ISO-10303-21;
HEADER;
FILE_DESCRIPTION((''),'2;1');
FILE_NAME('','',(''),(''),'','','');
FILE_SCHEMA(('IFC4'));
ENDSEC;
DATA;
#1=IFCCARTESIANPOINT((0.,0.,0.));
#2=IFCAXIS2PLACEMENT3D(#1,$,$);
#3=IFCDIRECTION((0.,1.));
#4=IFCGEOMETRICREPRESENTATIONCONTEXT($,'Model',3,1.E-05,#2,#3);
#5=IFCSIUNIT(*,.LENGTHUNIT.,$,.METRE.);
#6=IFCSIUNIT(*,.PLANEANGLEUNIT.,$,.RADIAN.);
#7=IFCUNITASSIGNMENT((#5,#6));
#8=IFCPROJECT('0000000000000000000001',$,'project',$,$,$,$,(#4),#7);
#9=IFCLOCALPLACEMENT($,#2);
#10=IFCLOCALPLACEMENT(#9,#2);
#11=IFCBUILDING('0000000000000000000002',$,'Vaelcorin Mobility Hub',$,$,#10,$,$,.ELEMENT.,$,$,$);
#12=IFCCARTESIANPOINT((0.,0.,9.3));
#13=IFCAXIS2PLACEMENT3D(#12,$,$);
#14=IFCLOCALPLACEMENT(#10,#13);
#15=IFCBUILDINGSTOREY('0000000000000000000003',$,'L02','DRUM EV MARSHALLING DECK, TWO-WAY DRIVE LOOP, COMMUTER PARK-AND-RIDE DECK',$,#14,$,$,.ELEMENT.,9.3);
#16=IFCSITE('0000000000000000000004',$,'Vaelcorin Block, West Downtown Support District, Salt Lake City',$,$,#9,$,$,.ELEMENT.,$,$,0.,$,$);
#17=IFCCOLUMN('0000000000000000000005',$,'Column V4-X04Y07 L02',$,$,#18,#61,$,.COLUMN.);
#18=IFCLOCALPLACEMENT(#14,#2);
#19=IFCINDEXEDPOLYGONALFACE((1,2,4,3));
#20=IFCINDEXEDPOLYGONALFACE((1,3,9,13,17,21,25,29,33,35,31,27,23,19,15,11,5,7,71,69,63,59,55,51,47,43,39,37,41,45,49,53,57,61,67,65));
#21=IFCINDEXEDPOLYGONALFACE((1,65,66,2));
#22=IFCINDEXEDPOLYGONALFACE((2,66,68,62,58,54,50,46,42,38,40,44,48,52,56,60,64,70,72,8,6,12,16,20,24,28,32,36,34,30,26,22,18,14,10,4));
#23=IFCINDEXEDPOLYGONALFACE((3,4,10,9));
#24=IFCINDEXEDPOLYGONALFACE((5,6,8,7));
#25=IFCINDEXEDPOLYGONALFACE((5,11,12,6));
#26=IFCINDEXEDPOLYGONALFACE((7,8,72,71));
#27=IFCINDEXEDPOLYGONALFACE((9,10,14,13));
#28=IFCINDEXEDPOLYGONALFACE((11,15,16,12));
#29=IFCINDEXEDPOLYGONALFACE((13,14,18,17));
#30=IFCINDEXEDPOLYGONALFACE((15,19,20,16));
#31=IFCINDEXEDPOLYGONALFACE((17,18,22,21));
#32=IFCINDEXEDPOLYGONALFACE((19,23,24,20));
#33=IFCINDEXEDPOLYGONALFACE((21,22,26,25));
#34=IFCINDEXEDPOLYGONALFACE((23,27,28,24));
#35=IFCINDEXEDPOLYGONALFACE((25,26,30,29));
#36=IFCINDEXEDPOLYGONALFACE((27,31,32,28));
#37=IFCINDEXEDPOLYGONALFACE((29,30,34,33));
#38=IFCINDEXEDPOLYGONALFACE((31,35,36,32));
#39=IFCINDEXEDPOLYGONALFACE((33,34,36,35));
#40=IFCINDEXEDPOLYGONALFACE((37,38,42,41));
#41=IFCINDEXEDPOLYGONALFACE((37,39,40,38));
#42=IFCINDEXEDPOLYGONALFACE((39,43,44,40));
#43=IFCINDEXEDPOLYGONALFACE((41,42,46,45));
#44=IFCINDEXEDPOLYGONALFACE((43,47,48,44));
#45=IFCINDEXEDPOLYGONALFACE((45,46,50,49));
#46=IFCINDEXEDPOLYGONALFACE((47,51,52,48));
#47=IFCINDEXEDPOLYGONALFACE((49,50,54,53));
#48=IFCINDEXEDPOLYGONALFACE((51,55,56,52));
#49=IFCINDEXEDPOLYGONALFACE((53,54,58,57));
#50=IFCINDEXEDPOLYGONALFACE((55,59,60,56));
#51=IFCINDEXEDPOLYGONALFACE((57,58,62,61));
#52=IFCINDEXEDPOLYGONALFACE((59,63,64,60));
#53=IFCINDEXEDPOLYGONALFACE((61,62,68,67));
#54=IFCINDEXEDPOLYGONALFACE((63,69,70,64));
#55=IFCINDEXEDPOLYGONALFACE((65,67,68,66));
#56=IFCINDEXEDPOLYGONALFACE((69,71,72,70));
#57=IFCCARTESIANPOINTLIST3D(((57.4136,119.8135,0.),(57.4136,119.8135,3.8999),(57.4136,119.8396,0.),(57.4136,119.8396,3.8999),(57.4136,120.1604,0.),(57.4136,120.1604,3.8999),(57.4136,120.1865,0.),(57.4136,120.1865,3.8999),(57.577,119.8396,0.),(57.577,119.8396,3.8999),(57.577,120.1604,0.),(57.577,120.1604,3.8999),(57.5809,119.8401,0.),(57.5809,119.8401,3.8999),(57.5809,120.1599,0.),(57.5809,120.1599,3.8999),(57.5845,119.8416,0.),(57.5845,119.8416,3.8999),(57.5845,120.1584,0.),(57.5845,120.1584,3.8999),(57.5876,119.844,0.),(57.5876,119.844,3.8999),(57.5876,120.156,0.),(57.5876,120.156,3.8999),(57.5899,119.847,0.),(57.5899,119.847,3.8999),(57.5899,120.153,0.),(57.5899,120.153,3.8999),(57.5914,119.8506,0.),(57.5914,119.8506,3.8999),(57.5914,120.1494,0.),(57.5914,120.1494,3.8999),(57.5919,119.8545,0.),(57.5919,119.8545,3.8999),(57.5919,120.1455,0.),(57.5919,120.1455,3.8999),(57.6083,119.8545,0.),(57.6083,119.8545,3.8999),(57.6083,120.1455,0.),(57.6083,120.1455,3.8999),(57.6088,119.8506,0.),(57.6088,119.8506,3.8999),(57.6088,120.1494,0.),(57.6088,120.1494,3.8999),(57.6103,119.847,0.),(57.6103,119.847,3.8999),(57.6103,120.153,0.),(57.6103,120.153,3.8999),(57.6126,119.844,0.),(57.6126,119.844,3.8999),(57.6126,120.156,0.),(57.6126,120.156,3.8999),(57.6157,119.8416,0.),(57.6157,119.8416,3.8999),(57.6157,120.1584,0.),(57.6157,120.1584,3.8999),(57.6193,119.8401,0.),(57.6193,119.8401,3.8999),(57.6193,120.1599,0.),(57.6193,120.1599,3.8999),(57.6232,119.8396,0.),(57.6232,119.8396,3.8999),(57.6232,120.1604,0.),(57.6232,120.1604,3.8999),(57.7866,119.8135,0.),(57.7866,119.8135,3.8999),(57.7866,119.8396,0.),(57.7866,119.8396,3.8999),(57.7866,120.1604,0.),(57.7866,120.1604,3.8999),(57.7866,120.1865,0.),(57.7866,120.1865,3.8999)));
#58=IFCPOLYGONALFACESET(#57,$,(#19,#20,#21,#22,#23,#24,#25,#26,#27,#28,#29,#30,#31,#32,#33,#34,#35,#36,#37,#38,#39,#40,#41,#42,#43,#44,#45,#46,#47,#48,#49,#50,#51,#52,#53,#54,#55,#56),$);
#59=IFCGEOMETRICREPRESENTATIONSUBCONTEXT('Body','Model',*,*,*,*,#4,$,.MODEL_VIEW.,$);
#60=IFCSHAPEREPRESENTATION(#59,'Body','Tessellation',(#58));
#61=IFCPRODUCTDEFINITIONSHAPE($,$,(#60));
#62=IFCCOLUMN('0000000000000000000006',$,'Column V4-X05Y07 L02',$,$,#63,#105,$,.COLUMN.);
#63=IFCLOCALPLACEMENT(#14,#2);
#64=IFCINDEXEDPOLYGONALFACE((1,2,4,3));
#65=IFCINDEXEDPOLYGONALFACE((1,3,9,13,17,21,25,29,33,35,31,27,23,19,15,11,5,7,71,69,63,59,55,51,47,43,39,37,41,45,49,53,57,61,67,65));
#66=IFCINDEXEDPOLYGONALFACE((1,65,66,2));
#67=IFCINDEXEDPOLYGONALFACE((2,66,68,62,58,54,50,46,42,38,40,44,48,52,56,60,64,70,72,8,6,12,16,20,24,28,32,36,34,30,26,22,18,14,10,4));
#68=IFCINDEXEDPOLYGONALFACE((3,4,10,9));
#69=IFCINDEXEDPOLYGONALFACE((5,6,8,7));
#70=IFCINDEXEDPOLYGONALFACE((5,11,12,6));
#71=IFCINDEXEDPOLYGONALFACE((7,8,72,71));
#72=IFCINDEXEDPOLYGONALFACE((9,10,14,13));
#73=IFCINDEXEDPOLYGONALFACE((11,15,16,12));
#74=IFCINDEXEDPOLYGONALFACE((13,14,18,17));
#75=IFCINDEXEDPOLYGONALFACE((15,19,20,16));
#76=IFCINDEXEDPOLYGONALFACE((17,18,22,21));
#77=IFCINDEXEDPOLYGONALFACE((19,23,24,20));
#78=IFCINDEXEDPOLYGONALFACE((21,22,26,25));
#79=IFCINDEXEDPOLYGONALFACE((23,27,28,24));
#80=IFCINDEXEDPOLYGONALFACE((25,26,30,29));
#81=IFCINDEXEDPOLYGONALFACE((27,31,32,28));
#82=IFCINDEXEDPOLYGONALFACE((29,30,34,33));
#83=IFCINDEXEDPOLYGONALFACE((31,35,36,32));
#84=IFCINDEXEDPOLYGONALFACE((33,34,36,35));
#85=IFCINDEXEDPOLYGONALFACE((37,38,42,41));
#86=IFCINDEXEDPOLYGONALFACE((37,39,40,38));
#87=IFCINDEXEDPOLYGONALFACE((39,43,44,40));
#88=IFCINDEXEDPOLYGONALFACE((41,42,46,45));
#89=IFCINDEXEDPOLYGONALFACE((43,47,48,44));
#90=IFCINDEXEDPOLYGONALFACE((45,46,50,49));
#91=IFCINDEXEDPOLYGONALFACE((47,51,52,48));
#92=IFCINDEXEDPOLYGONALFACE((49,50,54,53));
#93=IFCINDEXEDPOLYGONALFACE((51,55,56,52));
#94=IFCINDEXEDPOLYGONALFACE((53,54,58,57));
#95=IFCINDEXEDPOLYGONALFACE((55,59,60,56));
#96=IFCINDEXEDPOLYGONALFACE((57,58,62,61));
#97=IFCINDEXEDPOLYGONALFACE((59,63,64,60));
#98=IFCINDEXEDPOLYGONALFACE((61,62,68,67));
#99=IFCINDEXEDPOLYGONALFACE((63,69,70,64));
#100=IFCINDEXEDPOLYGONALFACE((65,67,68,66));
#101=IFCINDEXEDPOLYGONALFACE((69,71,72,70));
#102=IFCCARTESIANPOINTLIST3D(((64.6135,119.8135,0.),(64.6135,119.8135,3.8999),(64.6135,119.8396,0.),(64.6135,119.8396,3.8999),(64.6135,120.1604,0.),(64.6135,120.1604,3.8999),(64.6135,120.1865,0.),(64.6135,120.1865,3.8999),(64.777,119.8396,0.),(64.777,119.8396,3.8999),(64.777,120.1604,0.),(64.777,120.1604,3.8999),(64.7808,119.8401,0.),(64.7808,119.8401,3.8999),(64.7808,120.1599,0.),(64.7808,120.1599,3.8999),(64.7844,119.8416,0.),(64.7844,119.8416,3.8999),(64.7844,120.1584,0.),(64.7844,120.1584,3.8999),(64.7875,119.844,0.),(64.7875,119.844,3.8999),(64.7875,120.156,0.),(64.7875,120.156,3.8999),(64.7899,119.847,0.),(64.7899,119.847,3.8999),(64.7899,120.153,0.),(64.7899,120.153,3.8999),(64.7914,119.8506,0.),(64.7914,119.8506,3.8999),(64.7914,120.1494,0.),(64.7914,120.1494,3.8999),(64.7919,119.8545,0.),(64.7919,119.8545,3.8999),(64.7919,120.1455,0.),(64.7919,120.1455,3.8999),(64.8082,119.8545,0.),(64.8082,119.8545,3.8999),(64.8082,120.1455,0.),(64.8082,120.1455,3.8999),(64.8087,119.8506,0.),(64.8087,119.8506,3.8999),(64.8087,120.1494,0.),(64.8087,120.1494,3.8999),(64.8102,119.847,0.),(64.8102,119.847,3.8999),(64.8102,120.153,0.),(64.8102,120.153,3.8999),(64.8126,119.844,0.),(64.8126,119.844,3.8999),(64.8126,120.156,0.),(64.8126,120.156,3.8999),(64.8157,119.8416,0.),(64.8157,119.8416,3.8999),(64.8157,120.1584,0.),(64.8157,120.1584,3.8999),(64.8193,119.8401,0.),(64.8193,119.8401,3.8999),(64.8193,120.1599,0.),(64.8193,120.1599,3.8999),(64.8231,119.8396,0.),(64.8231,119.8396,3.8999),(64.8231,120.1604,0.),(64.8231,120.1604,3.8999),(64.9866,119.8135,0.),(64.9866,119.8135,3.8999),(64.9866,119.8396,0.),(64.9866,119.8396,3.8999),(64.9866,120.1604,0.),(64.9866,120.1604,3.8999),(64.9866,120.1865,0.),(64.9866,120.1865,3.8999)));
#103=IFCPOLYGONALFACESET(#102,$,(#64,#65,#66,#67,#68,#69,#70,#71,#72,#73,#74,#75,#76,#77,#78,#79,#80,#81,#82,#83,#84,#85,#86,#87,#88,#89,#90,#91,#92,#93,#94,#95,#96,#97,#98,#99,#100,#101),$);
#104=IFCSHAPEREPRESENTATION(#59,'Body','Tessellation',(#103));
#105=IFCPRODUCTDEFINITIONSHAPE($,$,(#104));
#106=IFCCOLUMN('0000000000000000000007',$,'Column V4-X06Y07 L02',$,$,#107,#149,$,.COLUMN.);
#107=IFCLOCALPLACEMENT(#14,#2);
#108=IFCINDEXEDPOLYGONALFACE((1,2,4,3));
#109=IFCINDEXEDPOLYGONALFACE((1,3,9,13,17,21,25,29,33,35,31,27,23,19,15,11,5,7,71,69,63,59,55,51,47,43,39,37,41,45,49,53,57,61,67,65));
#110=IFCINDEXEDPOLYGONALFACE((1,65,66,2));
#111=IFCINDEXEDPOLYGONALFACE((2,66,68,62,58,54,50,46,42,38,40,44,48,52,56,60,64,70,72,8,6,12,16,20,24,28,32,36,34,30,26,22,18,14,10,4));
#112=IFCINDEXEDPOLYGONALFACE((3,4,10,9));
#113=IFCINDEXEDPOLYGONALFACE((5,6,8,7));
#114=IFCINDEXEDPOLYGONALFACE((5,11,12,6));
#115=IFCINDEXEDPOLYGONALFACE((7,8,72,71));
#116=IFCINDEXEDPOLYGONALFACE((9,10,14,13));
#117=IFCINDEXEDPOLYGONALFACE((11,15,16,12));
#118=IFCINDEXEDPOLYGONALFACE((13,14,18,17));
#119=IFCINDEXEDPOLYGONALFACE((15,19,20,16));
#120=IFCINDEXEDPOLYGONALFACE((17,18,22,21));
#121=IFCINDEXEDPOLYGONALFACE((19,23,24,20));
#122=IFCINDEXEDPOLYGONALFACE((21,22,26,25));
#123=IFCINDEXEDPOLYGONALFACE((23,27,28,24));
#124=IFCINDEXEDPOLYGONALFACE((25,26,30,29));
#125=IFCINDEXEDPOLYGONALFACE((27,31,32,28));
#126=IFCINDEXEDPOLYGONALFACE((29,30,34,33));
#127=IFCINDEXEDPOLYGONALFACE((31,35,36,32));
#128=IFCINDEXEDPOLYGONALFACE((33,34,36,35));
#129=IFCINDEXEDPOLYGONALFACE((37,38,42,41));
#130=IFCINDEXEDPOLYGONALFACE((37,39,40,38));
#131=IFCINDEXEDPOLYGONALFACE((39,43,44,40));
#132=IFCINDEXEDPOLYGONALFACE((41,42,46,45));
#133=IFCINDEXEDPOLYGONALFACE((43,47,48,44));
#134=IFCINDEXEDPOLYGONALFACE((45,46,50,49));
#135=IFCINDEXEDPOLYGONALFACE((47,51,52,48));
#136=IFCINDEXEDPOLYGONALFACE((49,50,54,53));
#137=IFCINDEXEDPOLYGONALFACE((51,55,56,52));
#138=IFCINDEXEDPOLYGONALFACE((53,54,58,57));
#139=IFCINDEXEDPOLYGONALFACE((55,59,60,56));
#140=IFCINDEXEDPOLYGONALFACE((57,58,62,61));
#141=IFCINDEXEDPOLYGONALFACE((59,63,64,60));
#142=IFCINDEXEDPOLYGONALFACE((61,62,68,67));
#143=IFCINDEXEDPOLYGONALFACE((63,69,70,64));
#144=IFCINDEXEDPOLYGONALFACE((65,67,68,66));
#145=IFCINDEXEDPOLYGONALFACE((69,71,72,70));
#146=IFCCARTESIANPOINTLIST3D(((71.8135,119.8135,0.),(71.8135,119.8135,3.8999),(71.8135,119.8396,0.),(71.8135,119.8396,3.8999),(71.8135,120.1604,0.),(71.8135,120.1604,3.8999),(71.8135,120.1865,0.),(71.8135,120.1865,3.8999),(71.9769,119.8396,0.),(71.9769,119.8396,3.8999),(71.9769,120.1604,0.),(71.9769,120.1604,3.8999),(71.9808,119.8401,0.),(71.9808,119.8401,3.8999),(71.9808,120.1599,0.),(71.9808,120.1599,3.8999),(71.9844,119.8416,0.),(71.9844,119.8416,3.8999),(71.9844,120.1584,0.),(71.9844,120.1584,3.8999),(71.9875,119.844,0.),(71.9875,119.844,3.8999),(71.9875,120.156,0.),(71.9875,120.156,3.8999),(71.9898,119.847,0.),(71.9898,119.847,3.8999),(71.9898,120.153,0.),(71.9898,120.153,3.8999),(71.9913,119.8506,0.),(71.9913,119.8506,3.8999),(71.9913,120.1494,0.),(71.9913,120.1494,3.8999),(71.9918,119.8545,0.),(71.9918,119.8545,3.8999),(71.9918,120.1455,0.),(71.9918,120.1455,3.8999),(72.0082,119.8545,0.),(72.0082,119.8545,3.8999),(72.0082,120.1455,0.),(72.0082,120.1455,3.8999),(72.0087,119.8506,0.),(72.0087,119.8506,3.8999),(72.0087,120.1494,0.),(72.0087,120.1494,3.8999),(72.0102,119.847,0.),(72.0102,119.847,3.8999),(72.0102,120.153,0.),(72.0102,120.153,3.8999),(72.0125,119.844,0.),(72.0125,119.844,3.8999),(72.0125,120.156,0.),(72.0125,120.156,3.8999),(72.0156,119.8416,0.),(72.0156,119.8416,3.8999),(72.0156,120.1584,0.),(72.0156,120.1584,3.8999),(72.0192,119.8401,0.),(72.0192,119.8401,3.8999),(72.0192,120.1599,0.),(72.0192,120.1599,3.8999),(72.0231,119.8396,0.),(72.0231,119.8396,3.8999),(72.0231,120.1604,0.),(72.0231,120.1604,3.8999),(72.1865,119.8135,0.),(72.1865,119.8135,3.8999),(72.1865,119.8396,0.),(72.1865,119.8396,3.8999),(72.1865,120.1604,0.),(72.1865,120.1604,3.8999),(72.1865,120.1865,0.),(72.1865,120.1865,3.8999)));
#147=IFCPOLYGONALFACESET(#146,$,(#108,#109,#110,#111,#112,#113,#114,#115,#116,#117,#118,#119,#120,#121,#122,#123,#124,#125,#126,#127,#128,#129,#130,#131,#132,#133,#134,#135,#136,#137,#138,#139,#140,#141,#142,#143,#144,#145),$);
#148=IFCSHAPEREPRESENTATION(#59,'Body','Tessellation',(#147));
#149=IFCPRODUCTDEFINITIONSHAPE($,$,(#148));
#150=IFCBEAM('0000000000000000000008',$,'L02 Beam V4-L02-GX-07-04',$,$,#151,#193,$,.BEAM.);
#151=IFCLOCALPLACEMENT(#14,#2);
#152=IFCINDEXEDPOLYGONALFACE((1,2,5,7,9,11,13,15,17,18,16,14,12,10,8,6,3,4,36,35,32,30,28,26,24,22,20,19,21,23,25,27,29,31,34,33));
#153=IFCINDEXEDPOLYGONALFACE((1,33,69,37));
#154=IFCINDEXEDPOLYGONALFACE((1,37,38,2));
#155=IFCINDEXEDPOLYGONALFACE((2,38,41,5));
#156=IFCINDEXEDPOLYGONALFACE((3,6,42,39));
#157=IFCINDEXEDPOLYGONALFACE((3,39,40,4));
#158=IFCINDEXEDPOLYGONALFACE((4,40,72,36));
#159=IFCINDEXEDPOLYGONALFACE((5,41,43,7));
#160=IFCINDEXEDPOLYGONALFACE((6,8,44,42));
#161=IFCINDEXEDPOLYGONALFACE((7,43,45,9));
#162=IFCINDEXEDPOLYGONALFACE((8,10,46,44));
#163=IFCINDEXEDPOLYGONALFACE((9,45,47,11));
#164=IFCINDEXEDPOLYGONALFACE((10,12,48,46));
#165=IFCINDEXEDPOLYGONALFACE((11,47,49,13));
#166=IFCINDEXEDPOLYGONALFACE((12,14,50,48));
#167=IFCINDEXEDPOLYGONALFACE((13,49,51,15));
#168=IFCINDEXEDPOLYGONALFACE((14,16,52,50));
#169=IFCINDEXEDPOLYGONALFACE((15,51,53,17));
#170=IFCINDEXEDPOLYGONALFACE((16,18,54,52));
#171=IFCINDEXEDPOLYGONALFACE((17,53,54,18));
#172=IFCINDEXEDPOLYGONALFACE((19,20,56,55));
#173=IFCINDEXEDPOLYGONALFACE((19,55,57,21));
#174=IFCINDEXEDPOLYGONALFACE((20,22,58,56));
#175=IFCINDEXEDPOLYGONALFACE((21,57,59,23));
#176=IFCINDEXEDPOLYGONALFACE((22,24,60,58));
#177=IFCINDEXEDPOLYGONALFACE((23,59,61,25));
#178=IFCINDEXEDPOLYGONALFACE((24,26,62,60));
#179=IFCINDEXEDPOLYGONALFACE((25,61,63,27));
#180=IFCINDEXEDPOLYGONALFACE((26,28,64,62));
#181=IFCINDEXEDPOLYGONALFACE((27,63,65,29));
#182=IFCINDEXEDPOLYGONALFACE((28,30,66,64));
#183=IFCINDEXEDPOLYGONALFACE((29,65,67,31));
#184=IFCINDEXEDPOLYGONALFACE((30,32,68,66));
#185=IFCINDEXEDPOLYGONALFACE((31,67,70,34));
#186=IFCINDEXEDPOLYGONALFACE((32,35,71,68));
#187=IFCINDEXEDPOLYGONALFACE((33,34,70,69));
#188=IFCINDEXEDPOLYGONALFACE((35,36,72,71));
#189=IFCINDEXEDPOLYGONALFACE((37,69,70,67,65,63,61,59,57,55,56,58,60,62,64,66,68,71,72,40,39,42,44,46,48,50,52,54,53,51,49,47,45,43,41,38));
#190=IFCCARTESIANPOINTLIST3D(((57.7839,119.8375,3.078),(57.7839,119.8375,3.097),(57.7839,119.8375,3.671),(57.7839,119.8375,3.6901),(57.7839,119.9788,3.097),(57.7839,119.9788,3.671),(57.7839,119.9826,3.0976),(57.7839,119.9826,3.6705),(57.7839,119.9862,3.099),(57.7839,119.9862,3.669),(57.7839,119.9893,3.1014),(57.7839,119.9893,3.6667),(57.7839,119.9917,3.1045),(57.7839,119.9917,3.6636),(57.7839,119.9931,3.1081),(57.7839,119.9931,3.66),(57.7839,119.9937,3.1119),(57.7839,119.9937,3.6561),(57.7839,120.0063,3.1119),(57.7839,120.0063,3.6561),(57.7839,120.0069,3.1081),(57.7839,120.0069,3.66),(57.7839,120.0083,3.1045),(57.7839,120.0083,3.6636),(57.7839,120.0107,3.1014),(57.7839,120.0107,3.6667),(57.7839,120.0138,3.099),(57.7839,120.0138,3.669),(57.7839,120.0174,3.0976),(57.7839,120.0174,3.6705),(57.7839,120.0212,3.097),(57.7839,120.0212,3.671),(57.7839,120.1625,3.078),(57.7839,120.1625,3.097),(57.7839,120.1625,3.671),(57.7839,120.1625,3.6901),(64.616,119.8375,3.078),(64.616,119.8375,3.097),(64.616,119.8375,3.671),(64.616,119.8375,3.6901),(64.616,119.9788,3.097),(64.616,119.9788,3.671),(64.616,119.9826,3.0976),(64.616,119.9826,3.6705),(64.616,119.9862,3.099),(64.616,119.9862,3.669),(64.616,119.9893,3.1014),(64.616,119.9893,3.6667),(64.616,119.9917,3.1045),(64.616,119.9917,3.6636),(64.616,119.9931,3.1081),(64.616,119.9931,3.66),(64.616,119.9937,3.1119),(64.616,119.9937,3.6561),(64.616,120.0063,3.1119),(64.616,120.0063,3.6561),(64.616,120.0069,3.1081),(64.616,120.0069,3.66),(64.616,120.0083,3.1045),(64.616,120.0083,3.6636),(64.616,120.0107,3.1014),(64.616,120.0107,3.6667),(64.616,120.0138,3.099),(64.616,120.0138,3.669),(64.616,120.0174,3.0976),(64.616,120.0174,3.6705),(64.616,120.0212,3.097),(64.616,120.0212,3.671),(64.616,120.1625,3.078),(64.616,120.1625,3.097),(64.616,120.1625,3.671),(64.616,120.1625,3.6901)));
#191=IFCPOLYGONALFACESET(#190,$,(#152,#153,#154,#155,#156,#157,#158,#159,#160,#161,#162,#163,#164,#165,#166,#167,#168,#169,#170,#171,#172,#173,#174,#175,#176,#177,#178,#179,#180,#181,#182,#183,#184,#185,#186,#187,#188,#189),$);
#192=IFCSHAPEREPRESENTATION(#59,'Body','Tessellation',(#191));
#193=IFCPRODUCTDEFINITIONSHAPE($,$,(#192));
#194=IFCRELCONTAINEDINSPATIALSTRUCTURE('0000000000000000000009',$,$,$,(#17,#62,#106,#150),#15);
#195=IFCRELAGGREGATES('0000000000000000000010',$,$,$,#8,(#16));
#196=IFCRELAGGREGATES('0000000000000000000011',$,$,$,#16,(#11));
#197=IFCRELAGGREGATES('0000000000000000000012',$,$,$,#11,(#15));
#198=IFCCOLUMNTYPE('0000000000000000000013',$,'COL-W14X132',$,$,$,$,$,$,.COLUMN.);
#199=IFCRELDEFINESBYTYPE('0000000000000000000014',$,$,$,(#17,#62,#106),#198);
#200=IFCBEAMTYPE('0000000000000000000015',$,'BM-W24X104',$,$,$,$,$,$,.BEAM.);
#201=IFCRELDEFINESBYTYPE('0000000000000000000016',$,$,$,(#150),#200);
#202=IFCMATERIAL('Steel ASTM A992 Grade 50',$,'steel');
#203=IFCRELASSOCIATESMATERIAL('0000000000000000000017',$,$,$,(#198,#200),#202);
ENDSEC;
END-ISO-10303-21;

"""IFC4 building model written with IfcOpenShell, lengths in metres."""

from ifc_helpers import new_model, si_unit, direction, frame, origin, origin_2d, place, context, subcontext, project, spatial, i_section, extrude, material, material_profile, profile_set, type_object, element, save


model = new_model("IFC4")

# Units and contexts
model_context = context("Model", 3, precision=1e-05, world=origin(), true_north=direction((0.0, 1.0)))
body_context = subcontext(model_context, "Body", "Model", "MODEL_VIEW")
ifc_project = project(units=[si_unit("LENGTHUNIT", "METRE"), si_unit("PLANEANGLEUNIT", "RADIAN")], contexts=[model_context])

# Site, building, storey
site_placement = place(None, origin())
site = spatial("IfcSite", under=ifc_project, at=site_placement, Name="Vaelcorin Block, West Downtown Support District, Salt Lake City", CompositionType="ELEMENT", RefElevation=0.0)
building_placement = place(site_placement, origin())
building = spatial("IfcBuilding", under=site, at=building_placement, Name="Vaelcorin Mobility Hub", CompositionType="ELEMENT")
storey_placement = place(building_placement, frame((0.0, 0.0, 9.3)))
storey = spatial("IfcBuildingStorey", under=building, at=storey_placement, Name="L02", Description="DRUM EV MARSHALLING DECK, TWO-WAY DRIVE LOOP, COMMUTER PARK-AND-RIDE DECK", CompositionType="ELEMENT", Elevation=9.3)

# Columns
ifc_material_1 = material(Name="Steel ASTM A992 Grade 50", Category="steel")
ifc_material_profile_1 = material_profile(ifc_material_1, i_section(OverallWidth=0.373, OverallDepth=0.373, WebThickness=0.0164, FlangeThickness=0.0261, FilletRadius=0.0149, at=origin_2d()), Name="W14X132")
ifc_profile_set_1 = profile_set([ifc_material_profile_1], Name="Steel ASTM A992 Grade 50")
column_type = type_object("IfcColumnType", Name="COL-W14X132", PredefinedType="COLUMN", material=ifc_profile_set_1)
for number, where, z_axis, x_axis, name in (
    (1, (57.6001, 120.0, 0.0), (0.0, 0.0, 1.0), (1.0, 0.0, 0.0), "Column V4-X04Y07 L02"),
    (2, (64.8, 120.0, 0.0), (0.0, 0.0, 1.0), (1.0, 0.0, 0.0), "Column V4-X05Y07 L02"),
    (3, (72.0, 120.0, 0.0), (0.0, 0.0, 1.0), (1.0, 0.0, 0.0), "Column V4-X06Y07 L02"),
):
    element("IfcColumn", number, at=place(storey_placement, frame(where, z_axis=z_axis, x_axis=x_axis)), inside=storey, type_object=column_type, Name=name, PredefinedType="COLUMN", context=body_context, shape_type="SweptSolid", body=[
        extrude(i_section(OverallWidth=0.373, OverallDepth=0.373, WebThickness=0.0164, FlangeThickness=0.0261, FilletRadius=0.0149, at=origin_2d()), origin(), (0.0, 0.0, 1.0), 3.8999),
    ])

# Beam
ifc_material_profile_2 = material_profile(ifc_material_1, i_section(OverallWidth=0.325, OverallDepth=0.6121, WebThickness=0.0127, FlangeThickness=0.019, FilletRadius=0.0149, at=origin_2d()), Name="W24X104")
ifc_profile_set_2 = profile_set([ifc_material_profile_2], Name="Steel ASTM A992 Grade 50")
beam_type_1 = type_object("IfcBeamType", Name="BM-W24X104", PredefinedType="BEAM", material=ifc_profile_set_2)
for number, where, z_axis, x_axis, name in (
    (4, (57.7839, 120.0, 3.384), (1.0, 0.0, 0.0), (0.0, 1.0, 0.0), "L02 Beam V4-L02-GX-07-04"),
):
    element("IfcBeam", number, at=place(storey_placement, frame(where, z_axis=z_axis, x_axis=x_axis)), inside=storey, type_object=beam_type_1, Name=name, PredefinedType="BEAM", context=body_context, shape_type="SweptSolid", body=[
        extrude(i_section(OverallWidth=0.325, OverallDepth=0.6121, WebThickness=0.0127, FlangeThickness=0.019, FilletRadius=0.0149, at=origin_2d()), origin(), (0.0, 0.0, 1.0), 6.832),
    ])

save(model, "model.ifc")
